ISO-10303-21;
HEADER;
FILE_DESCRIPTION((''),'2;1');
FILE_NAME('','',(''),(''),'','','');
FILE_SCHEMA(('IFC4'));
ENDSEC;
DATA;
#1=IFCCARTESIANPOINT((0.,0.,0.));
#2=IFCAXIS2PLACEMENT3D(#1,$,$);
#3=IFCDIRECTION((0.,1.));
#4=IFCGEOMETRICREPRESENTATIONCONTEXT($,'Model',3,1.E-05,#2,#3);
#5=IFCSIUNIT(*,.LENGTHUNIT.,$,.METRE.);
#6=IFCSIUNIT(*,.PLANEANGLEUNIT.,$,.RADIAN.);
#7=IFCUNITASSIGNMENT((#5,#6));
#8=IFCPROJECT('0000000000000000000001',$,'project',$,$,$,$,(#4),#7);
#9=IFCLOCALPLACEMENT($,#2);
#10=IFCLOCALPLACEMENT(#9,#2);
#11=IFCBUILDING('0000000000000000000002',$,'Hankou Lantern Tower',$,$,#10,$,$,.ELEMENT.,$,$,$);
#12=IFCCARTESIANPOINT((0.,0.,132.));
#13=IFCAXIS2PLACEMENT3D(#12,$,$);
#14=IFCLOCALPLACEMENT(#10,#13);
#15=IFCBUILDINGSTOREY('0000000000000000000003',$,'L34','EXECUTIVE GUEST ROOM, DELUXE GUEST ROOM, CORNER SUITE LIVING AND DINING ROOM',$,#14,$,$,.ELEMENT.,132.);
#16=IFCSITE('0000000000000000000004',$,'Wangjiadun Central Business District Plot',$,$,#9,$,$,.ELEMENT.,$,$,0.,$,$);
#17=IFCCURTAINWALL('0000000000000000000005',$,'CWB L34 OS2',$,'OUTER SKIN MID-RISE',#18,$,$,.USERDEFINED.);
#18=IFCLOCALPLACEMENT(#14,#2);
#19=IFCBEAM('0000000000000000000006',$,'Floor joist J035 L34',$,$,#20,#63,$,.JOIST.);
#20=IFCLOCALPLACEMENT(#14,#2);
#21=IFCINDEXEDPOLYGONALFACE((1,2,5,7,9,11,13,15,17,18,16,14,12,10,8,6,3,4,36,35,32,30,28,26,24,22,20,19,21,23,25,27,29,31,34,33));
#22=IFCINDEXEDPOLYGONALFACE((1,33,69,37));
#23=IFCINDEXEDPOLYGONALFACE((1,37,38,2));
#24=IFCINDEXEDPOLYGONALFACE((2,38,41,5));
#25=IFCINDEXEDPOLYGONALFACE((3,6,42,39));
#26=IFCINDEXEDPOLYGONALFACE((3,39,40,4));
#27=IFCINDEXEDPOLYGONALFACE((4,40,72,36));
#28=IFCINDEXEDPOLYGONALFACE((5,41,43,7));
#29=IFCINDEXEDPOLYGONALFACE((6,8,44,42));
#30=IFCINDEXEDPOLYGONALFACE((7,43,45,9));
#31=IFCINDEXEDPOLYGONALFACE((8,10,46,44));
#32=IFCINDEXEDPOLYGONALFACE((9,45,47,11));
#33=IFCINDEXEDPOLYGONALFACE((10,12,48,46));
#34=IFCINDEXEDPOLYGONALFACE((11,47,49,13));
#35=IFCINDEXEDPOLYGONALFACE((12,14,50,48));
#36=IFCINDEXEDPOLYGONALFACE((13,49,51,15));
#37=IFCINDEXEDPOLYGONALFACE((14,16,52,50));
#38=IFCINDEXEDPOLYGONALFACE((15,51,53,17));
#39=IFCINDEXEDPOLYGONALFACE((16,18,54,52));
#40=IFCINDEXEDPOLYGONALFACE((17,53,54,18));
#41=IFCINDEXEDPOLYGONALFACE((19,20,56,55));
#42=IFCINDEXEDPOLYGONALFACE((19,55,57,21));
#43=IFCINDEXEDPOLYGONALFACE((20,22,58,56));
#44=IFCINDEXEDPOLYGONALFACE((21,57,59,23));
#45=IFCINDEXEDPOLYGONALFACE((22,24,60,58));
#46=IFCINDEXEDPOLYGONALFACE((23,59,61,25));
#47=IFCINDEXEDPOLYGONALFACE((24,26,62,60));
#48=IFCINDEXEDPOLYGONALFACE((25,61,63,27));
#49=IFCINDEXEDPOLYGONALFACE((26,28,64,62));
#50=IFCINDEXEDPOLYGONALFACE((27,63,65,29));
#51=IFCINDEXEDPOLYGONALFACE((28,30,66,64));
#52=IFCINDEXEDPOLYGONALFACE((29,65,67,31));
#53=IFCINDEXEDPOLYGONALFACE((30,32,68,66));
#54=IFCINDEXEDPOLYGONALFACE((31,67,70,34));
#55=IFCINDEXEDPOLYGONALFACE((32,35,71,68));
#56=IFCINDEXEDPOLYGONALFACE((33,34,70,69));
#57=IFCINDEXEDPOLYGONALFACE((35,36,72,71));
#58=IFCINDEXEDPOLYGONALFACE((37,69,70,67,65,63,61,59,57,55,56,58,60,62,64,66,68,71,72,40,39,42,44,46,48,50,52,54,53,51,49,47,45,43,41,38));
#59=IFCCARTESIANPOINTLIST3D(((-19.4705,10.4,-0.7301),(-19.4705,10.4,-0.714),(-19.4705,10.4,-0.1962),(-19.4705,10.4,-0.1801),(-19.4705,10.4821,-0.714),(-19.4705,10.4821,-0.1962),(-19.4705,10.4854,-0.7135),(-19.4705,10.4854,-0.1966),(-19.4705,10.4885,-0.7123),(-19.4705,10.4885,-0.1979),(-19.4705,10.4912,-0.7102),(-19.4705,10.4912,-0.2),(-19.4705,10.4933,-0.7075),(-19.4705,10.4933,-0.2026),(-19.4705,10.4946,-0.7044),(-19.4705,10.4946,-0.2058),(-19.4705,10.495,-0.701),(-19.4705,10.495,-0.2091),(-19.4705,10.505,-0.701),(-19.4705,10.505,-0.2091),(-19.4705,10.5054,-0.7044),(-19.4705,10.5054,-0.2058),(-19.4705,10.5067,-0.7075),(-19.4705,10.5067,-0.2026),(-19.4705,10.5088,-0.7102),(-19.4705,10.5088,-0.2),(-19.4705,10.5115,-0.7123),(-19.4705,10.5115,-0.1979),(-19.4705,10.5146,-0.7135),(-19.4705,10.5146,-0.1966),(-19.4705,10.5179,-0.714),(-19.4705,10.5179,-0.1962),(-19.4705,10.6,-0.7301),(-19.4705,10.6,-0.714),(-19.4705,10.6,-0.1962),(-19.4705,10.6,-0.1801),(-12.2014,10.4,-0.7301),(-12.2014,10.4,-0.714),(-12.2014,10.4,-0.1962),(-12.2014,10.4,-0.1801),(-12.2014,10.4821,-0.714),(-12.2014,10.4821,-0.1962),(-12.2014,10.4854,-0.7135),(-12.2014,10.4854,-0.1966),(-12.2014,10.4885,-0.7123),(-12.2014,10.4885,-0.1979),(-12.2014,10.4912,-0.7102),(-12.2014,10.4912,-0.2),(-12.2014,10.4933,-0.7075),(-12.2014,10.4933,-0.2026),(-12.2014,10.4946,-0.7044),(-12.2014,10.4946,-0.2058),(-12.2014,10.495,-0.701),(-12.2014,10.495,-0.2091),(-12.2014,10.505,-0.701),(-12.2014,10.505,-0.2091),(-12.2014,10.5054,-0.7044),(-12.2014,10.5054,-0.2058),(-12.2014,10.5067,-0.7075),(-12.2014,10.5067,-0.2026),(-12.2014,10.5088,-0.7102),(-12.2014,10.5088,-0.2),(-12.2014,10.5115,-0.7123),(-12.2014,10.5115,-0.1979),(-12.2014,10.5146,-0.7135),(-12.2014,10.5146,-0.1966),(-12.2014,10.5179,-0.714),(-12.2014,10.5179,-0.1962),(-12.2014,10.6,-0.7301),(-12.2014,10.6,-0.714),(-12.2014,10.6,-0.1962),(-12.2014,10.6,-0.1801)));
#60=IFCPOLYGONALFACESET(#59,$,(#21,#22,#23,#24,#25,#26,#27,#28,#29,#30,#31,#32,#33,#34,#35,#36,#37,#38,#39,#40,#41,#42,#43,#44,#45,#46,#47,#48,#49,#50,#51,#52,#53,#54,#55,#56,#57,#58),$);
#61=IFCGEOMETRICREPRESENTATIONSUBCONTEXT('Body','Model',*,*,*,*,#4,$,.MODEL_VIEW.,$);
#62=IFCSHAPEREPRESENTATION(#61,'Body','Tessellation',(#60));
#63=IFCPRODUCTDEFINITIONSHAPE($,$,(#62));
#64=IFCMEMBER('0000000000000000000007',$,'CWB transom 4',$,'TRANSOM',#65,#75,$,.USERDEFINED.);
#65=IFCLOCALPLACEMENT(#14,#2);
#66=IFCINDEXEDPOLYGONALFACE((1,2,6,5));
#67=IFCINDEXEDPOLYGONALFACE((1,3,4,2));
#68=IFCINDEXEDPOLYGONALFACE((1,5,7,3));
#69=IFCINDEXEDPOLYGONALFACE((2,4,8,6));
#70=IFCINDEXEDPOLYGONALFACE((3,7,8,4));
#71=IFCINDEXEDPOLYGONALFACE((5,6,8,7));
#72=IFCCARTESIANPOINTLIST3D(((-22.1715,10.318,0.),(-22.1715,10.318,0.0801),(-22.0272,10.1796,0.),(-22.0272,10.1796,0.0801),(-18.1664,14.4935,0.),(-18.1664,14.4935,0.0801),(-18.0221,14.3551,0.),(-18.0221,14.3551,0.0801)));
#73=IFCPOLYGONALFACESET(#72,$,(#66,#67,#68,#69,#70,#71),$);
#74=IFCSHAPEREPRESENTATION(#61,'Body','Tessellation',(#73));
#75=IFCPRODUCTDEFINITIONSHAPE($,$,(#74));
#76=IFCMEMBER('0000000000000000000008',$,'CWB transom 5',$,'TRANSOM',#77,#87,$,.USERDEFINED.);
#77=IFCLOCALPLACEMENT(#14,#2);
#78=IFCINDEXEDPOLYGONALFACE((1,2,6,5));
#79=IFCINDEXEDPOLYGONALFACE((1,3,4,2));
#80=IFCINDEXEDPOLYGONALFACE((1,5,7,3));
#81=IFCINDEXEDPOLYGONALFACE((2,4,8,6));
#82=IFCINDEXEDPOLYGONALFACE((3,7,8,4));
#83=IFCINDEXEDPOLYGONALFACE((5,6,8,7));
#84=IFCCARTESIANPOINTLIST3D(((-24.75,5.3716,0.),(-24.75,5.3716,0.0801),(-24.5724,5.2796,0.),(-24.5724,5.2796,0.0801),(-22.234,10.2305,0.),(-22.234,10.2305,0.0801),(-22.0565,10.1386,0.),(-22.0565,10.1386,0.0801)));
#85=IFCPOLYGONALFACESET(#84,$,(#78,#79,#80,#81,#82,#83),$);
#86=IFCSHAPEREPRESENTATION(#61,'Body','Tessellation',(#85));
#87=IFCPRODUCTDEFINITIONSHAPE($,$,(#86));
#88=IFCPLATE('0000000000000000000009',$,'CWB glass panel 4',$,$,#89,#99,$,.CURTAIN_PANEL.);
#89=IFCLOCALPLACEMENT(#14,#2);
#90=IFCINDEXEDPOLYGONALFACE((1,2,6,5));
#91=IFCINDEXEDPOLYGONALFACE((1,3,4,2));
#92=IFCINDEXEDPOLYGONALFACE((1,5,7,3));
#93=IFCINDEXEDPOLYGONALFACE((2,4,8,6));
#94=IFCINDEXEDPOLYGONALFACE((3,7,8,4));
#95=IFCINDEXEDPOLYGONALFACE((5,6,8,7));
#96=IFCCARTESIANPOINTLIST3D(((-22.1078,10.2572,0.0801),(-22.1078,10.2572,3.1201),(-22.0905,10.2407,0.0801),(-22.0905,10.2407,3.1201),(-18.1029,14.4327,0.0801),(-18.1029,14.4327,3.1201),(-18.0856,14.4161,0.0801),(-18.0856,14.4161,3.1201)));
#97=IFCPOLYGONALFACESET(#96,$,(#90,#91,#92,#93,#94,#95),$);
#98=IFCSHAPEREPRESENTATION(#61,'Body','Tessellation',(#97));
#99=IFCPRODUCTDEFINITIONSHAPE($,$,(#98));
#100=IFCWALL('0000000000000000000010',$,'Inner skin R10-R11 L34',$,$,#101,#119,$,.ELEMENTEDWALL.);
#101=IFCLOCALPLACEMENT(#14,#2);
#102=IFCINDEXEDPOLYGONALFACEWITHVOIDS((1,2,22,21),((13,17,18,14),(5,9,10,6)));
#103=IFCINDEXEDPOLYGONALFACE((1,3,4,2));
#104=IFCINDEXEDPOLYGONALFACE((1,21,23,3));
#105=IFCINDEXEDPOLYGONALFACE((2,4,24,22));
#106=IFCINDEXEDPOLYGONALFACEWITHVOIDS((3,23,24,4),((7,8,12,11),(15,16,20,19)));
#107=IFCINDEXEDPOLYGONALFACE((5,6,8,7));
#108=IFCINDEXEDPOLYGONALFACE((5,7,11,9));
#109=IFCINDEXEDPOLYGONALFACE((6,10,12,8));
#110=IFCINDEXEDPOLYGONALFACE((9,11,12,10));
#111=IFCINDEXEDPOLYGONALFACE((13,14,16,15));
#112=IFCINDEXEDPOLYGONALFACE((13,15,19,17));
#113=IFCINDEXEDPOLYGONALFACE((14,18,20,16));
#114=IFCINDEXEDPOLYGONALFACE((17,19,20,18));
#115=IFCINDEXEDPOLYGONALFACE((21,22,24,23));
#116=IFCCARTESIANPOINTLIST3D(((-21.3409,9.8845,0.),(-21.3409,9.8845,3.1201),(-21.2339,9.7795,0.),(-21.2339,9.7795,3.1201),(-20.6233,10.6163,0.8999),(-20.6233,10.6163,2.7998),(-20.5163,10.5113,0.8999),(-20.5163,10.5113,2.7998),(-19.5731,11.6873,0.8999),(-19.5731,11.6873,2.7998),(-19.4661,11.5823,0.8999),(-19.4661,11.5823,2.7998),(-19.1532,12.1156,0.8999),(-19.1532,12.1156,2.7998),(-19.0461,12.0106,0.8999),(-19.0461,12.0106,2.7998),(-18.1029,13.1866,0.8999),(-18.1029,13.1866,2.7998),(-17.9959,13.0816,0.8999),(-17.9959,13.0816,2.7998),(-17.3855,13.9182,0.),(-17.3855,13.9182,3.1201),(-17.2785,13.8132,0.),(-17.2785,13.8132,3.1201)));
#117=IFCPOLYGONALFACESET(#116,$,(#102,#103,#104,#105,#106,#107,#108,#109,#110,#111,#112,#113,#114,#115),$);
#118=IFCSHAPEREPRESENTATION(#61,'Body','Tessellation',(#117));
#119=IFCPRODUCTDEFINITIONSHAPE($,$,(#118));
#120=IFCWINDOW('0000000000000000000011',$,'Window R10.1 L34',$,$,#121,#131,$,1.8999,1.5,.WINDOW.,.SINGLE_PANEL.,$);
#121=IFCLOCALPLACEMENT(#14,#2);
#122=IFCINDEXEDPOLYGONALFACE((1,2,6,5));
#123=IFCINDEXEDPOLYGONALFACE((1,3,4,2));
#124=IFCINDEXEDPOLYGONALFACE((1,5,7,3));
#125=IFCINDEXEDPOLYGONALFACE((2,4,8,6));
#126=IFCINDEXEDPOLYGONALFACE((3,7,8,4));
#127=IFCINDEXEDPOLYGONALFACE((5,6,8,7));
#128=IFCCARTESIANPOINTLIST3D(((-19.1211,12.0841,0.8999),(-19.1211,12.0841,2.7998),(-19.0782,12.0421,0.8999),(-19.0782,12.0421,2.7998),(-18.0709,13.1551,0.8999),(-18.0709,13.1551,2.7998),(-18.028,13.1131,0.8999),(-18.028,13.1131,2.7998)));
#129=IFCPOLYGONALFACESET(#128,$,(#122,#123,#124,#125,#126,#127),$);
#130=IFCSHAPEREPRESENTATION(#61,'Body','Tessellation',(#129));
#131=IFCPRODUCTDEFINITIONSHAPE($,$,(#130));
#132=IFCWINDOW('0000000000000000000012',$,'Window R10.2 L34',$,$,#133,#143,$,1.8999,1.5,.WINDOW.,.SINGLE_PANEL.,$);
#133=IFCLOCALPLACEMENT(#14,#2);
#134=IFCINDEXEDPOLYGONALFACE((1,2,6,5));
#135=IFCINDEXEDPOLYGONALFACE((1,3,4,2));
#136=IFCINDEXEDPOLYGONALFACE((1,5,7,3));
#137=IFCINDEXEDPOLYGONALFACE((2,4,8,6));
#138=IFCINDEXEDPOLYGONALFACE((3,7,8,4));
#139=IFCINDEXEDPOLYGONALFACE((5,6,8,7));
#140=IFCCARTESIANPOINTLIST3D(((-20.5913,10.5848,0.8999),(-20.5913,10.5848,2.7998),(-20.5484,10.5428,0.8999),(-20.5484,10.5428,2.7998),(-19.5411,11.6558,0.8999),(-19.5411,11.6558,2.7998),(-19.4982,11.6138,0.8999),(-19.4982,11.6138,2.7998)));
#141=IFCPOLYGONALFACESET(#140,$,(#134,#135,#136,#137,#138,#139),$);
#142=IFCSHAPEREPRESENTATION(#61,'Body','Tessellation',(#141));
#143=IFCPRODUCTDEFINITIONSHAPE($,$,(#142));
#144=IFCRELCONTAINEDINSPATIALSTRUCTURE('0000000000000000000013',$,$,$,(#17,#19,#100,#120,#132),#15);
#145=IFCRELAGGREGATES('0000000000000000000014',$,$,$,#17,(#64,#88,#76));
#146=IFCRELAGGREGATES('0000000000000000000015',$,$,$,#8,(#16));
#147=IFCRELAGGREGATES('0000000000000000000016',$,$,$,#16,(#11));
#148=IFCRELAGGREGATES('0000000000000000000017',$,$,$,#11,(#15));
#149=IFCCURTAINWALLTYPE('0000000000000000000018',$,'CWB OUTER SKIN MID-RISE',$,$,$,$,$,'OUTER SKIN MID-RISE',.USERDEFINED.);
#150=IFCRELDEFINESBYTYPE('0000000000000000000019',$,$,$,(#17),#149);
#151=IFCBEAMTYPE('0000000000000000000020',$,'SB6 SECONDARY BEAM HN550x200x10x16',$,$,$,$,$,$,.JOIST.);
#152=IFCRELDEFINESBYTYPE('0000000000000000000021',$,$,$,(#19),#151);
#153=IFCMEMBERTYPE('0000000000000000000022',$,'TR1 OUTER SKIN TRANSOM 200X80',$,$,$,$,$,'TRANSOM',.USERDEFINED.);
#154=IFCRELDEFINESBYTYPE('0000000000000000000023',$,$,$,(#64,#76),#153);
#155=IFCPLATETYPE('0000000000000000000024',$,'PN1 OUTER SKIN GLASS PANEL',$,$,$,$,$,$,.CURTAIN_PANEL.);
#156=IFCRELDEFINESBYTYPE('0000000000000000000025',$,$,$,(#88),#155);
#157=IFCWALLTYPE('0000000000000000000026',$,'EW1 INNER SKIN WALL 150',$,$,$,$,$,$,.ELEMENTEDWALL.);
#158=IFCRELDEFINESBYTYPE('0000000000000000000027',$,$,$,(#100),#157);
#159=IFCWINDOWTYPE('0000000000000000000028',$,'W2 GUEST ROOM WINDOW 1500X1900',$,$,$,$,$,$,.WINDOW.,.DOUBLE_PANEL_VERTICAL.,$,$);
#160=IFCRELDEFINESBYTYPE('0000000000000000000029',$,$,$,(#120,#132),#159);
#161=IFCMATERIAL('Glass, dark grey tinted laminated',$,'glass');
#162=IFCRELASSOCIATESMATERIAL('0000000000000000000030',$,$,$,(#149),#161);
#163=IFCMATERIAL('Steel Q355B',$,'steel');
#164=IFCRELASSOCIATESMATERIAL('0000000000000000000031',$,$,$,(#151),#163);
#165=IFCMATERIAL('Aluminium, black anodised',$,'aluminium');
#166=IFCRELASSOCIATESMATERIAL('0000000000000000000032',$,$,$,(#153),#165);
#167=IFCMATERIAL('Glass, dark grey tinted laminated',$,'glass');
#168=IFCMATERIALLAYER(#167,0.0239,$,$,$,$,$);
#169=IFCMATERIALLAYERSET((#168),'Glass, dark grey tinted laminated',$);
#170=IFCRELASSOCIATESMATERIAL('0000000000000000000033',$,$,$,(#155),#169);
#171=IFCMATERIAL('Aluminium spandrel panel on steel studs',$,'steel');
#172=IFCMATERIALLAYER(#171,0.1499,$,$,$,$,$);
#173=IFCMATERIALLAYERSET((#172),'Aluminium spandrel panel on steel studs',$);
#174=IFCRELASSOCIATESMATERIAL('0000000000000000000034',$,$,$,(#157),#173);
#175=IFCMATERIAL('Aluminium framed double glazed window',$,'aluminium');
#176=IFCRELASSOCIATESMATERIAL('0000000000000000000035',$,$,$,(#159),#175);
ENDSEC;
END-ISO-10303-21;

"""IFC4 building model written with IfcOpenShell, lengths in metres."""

from ifc_helpers import new_model, si_unit, direction, frame, frame_2d, origin, origin_2d, place, context, subcontext, project, spatial, rectangle, i_section, extrude, material, layer, layer_set, material_profile, profile_set, type_object, element, fill, aggregate, save


model = new_model("IFC4")

# Units and contexts
model_context = context("Model", 3, precision=1e-05, world=origin(), true_north=direction((0.0, 1.0)))
body_context = subcontext(model_context, "Body", "Model", "MODEL_VIEW")
ifc_project = project(units=[si_unit("LENGTHUNIT", "METRE"), si_unit("PLANEANGLEUNIT", "RADIAN")], contexts=[model_context])

# Site, building, storey
site_placement = place(None, origin())
site = spatial("IfcSite", under=ifc_project, at=site_placement, Name="Wangjiadun Central Business District Plot", CompositionType="ELEMENT", RefElevation=0.0)
building_placement = place(site_placement, origin())
building = spatial("IfcBuilding", under=site, at=building_placement, Name="Hankou Lantern Tower", CompositionType="ELEMENT")
storey_placement = place(building_placement, frame((0.0, 0.0, 132.0)))
storey = spatial("IfcBuildingStorey", under=building, at=storey_placement, Name="L34", Description="EXECUTIVE GUEST ROOM, DELUXE GUEST ROOM, CORNER SUITE LIVING AND DINING ROOM", CompositionType="ELEMENT", Elevation=132.0)

# Curtain wall
ifc_material_1 = material(Name="Glass, dark grey tinted laminated", Category="glass")
curtain_wall_type = type_object("IfcCurtainWallType", Name="CWB OUTER SKIN MID-RISE", ElementType="OUTER SKIN MID-RISE", PredefinedType="USERDEFINED", material=ifc_material_1)
curtain_wall_placement = place(storey_placement, origin())
curtain_wall = element("IfcCurtainWall", 1, at=curtain_wall_placement, inside=storey, type_object=curtain_wall_type, Name="CWB L34 OS2", ObjectType="OUTER SKIN MID-RISE", PredefinedType="USERDEFINED")

# Beam
ifc_material_2 = material(Name="Steel Q355B", Category="steel")
ifc_material_profile_1 = material_profile(ifc_material_2, i_section(OverallWidth=0.2, OverallDepth=0.55, WebThickness=0.01, FlangeThickness=0.0161, FilletRadius=0.0129, at=origin_2d()), Name="HN550x200x10x16")
ifc_profile_set_1 = profile_set([ifc_material_profile_1], Name="Steel Q355B")
beam_type_1 = type_object("IfcBeamType", Name="SB6 SECONDARY BEAM HN550x200x10x16", PredefinedType="JOIST", material=ifc_profile_set_1)
beam_1_placement = place(storey_placement, frame((-19.4705, 10.5, -0.4551), z_axis=(1.0, 0.0, 0.0), x_axis=(0.0, 1.0, 0.0)))
element("IfcBeam", 2, at=beam_1_placement, inside=storey, type_object=beam_type_1, Name="Floor joist J035 L34", PredefinedType="JOIST", context=body_context, shape_type="SweptSolid", body=[
    extrude(i_section(OverallWidth=0.2, OverallDepth=0.55, WebThickness=0.01, FlangeThickness=0.0161, FilletRadius=0.0129, at=origin_2d()), origin(), (0.0, 0.0, 1.0), 7.269),
])

# Members
ifc_material_3 = material(Name="Aluminium, black anodised", Category="aluminium")
ifc_material_profile_2 = material_profile(ifc_material_3, rectangle(XDim=0.2, YDim=0.0801, at=origin_2d()), Name="TR1 200X80")
ifc_profile_set_2 = profile_set([ifc_material_profile_2], Name="Aluminium, black anodised")
member_type_1 = type_object("IfcMemberType", Name="TR1 OUTER SKIN TRANSOM 200X80", ElementType="TRANSOM", PredefinedType="USERDEFINED", material=ifc_profile_set_2)
member_1_placement = place(storey_placement, frame((-18.0942, 14.4243, 0.04), z_axis=(-0.692227, -0.72168, 0.0), x_axis=(0.72168, -0.692227, 0.0)))
member_1 = element("IfcMember", 3, at=member_1_placement, type_object=member_type_1, Name="CWB transom 4", ObjectType="TRANSOM", PredefinedType="USERDEFINED", context=body_context, shape_type="SweptSolid", body=[
    extrude(rectangle(XDim=0.2, YDim=0.0801, at=origin_2d()), origin(), (0.0, 0.0, 1.0), 5.7859),
])
member_2_placement = place(storey_placement, frame((-22.1453, 10.1846, 0.04), z_axis=(-0.459805, -0.88802, 0.0), x_axis=(0.88802, -0.459805, 0.0)))
member_2 = element("IfcMember", 4, at=member_2_placement, type_object=member_type_1, Name="CWB transom 5", ObjectType="TRANSOM", PredefinedType="USERDEFINED", context=body_context, shape_type="SweptSolid", body=[
    extrude(rectangle(XDim=0.2, YDim=0.0801, at=origin_2d()), origin(), (0.0, 0.0, 1.0), 5.4717),
])

# Plate
ifc_material_4 = material(Name="Glass, dark grey tinted laminated", Category="glass")
ifc_layer_1 = layer(ifc_material_4, 0.0239)
ifc_layer_set_1 = layer_set([ifc_layer_1], Name="Glass, dark grey tinted laminated")
plate_type = type_object("IfcPlateType", Name="PN1 OUTER SKIN GLASS PANEL", PredefinedType="CURTAIN_PANEL", material=ifc_layer_set_1)
plate_placement = place(storey_placement, frame((-20.0967, 12.3367, 0.0801), z_axis=(0.0, 0.0, 1.0), x_axis=(-0.692216, -0.721691, 0.0)))
plate = element("IfcPlate", 5, at=plate_placement, type_object=plate_type, Name="CWB glass panel 4", PredefinedType="CURTAIN_PANEL", context=body_context, shape_type="SweptSolid", body=[
    extrude(rectangle(XDim=5.7856, YDim=0.0239, at=origin_2d()), origin(), (0.0, 0.0, 1.0), 3.04),
])
aggregate(curtain_wall, [member_1, plate, member_2])

# Wall, openings, windows
ifc_material_5 = material(Name="Aluminium spandrel panel on steel studs", Category="steel")
ifc_layer_2 = layer(ifc_material_5, 0.1499)
ifc_layer_set_2 = layer_set([ifc_layer_2], Name="Aluminium spandrel panel on steel studs")
wall_type = type_object("IfcWallType", Name="EW1 INNER SKIN WALL 150", PredefinedType="ELEMENTEDWALL", material=ifc_layer_set_2)
wall_1_placement = place(storey_placement, frame((-17.332, 13.8657, 0.0), z_axis=(0.0, 0.0, 1.0), x_axis=(-0.700137, -0.714009, 0.0)))
wall_1 = element("IfcWall", 6, at=wall_1_placement, inside=storey, type_object=wall_type, Name="Inner skin R10-R11 L34", PredefinedType="ELEMENTEDWALL", context=body_context, shape_type="SweptSolid", body=[
    extrude(rectangle(XDim=5.6494, YDim=0.1499, at=frame_2d((2.8247, 0.0))), origin(), (0.0, 0.0, 1.0), 3.1201),
])
opening_1_placement = place(wall_1_placement, frame((1.0247, 0.0, 0.8999)))
opening_1 = element("IfcOpeningElement", 7, at=opening_1_placement, cuts=wall_1, PredefinedType="OPENING", context=body_context, shape_type="SweptSolid", body=[
    extrude(rectangle(XDim=1.5, YDim=1.8999, at=frame_2d((0.75, 0.95))), frame((0.0, 0.085, 0.0), z_axis=(0.0, -1.0, 0.0), x_axis=(1.0, 0.0, 0.0)), (0.0, 0.0, 1.0), 0.1699),
])
opening_2_placement = place(wall_1_placement, frame((3.1245, 0.0, 0.8999)))
opening_2 = element("IfcOpeningElement", 8, at=opening_2_placement, cuts=wall_1, PredefinedType="OPENING", context=body_context, shape_type="SweptSolid", body=[
    extrude(rectangle(XDim=1.5, YDim=1.8999, at=frame_2d((0.75, 0.95))), frame((0.0, 0.085, 0.0), z_axis=(0.0, -1.0, 0.0), x_axis=(1.0, 0.0, 0.0)), (0.0, 0.0, 1.0), 0.1699),
])
ifc_material_6 = material(Name="Aluminium framed double glazed window", Category="aluminium")
window_type = type_object("IfcWindowType", Name="W2 GUEST ROOM WINDOW 1500X1900", PartitioningType="DOUBLE_PANEL_VERTICAL", PredefinedType="WINDOW", material=ifc_material_6)
window_1_placement = place(opening_1_placement, origin())
window_1 = element("IfcWindow", 9, at=window_1_placement, inside=storey, type_object=window_type, Name="Window R10.1 L34", OverallHeight=1.8999, OverallWidth=1.5, PartitioningType="SINGLE_PANEL", PredefinedType="WINDOW", context=body_context, shape_type="SweptSolid", body=[
    extrude(rectangle(XDim=1.5, YDim=1.8999, at=frame_2d((0.75, 0.95))), frame((0.0, 0.03, 0.0), z_axis=(0.0, -1.0, 0.0), x_axis=(1.0, 0.0, 0.0)), (0.0, 0.0, 1.0), 0.0601),
])
fill(opening_1, window_1)
window_2_placement = place(opening_2_placement, origin())
window_2 = element("IfcWindow", 10, at=window_2_placement, inside=storey, type_object=window_type, Name="Window R10.2 L34", OverallHeight=1.8999, OverallWidth=1.5, PartitioningType="SINGLE_PANEL", PredefinedType="WINDOW", context=body_context, shape_type="SweptSolid", body=[
    extrude(rectangle(XDim=1.5, YDim=1.8999, at=frame_2d((0.75, 0.95))), frame((0.0, 0.03, 0.0), z_axis=(0.0, -1.0, 0.0), x_axis=(1.0, 0.0, 0.0)), (0.0, 0.0, 1.0), 0.0601),
])
fill(opening_2, window_2)

save(model, "model.ifc")
